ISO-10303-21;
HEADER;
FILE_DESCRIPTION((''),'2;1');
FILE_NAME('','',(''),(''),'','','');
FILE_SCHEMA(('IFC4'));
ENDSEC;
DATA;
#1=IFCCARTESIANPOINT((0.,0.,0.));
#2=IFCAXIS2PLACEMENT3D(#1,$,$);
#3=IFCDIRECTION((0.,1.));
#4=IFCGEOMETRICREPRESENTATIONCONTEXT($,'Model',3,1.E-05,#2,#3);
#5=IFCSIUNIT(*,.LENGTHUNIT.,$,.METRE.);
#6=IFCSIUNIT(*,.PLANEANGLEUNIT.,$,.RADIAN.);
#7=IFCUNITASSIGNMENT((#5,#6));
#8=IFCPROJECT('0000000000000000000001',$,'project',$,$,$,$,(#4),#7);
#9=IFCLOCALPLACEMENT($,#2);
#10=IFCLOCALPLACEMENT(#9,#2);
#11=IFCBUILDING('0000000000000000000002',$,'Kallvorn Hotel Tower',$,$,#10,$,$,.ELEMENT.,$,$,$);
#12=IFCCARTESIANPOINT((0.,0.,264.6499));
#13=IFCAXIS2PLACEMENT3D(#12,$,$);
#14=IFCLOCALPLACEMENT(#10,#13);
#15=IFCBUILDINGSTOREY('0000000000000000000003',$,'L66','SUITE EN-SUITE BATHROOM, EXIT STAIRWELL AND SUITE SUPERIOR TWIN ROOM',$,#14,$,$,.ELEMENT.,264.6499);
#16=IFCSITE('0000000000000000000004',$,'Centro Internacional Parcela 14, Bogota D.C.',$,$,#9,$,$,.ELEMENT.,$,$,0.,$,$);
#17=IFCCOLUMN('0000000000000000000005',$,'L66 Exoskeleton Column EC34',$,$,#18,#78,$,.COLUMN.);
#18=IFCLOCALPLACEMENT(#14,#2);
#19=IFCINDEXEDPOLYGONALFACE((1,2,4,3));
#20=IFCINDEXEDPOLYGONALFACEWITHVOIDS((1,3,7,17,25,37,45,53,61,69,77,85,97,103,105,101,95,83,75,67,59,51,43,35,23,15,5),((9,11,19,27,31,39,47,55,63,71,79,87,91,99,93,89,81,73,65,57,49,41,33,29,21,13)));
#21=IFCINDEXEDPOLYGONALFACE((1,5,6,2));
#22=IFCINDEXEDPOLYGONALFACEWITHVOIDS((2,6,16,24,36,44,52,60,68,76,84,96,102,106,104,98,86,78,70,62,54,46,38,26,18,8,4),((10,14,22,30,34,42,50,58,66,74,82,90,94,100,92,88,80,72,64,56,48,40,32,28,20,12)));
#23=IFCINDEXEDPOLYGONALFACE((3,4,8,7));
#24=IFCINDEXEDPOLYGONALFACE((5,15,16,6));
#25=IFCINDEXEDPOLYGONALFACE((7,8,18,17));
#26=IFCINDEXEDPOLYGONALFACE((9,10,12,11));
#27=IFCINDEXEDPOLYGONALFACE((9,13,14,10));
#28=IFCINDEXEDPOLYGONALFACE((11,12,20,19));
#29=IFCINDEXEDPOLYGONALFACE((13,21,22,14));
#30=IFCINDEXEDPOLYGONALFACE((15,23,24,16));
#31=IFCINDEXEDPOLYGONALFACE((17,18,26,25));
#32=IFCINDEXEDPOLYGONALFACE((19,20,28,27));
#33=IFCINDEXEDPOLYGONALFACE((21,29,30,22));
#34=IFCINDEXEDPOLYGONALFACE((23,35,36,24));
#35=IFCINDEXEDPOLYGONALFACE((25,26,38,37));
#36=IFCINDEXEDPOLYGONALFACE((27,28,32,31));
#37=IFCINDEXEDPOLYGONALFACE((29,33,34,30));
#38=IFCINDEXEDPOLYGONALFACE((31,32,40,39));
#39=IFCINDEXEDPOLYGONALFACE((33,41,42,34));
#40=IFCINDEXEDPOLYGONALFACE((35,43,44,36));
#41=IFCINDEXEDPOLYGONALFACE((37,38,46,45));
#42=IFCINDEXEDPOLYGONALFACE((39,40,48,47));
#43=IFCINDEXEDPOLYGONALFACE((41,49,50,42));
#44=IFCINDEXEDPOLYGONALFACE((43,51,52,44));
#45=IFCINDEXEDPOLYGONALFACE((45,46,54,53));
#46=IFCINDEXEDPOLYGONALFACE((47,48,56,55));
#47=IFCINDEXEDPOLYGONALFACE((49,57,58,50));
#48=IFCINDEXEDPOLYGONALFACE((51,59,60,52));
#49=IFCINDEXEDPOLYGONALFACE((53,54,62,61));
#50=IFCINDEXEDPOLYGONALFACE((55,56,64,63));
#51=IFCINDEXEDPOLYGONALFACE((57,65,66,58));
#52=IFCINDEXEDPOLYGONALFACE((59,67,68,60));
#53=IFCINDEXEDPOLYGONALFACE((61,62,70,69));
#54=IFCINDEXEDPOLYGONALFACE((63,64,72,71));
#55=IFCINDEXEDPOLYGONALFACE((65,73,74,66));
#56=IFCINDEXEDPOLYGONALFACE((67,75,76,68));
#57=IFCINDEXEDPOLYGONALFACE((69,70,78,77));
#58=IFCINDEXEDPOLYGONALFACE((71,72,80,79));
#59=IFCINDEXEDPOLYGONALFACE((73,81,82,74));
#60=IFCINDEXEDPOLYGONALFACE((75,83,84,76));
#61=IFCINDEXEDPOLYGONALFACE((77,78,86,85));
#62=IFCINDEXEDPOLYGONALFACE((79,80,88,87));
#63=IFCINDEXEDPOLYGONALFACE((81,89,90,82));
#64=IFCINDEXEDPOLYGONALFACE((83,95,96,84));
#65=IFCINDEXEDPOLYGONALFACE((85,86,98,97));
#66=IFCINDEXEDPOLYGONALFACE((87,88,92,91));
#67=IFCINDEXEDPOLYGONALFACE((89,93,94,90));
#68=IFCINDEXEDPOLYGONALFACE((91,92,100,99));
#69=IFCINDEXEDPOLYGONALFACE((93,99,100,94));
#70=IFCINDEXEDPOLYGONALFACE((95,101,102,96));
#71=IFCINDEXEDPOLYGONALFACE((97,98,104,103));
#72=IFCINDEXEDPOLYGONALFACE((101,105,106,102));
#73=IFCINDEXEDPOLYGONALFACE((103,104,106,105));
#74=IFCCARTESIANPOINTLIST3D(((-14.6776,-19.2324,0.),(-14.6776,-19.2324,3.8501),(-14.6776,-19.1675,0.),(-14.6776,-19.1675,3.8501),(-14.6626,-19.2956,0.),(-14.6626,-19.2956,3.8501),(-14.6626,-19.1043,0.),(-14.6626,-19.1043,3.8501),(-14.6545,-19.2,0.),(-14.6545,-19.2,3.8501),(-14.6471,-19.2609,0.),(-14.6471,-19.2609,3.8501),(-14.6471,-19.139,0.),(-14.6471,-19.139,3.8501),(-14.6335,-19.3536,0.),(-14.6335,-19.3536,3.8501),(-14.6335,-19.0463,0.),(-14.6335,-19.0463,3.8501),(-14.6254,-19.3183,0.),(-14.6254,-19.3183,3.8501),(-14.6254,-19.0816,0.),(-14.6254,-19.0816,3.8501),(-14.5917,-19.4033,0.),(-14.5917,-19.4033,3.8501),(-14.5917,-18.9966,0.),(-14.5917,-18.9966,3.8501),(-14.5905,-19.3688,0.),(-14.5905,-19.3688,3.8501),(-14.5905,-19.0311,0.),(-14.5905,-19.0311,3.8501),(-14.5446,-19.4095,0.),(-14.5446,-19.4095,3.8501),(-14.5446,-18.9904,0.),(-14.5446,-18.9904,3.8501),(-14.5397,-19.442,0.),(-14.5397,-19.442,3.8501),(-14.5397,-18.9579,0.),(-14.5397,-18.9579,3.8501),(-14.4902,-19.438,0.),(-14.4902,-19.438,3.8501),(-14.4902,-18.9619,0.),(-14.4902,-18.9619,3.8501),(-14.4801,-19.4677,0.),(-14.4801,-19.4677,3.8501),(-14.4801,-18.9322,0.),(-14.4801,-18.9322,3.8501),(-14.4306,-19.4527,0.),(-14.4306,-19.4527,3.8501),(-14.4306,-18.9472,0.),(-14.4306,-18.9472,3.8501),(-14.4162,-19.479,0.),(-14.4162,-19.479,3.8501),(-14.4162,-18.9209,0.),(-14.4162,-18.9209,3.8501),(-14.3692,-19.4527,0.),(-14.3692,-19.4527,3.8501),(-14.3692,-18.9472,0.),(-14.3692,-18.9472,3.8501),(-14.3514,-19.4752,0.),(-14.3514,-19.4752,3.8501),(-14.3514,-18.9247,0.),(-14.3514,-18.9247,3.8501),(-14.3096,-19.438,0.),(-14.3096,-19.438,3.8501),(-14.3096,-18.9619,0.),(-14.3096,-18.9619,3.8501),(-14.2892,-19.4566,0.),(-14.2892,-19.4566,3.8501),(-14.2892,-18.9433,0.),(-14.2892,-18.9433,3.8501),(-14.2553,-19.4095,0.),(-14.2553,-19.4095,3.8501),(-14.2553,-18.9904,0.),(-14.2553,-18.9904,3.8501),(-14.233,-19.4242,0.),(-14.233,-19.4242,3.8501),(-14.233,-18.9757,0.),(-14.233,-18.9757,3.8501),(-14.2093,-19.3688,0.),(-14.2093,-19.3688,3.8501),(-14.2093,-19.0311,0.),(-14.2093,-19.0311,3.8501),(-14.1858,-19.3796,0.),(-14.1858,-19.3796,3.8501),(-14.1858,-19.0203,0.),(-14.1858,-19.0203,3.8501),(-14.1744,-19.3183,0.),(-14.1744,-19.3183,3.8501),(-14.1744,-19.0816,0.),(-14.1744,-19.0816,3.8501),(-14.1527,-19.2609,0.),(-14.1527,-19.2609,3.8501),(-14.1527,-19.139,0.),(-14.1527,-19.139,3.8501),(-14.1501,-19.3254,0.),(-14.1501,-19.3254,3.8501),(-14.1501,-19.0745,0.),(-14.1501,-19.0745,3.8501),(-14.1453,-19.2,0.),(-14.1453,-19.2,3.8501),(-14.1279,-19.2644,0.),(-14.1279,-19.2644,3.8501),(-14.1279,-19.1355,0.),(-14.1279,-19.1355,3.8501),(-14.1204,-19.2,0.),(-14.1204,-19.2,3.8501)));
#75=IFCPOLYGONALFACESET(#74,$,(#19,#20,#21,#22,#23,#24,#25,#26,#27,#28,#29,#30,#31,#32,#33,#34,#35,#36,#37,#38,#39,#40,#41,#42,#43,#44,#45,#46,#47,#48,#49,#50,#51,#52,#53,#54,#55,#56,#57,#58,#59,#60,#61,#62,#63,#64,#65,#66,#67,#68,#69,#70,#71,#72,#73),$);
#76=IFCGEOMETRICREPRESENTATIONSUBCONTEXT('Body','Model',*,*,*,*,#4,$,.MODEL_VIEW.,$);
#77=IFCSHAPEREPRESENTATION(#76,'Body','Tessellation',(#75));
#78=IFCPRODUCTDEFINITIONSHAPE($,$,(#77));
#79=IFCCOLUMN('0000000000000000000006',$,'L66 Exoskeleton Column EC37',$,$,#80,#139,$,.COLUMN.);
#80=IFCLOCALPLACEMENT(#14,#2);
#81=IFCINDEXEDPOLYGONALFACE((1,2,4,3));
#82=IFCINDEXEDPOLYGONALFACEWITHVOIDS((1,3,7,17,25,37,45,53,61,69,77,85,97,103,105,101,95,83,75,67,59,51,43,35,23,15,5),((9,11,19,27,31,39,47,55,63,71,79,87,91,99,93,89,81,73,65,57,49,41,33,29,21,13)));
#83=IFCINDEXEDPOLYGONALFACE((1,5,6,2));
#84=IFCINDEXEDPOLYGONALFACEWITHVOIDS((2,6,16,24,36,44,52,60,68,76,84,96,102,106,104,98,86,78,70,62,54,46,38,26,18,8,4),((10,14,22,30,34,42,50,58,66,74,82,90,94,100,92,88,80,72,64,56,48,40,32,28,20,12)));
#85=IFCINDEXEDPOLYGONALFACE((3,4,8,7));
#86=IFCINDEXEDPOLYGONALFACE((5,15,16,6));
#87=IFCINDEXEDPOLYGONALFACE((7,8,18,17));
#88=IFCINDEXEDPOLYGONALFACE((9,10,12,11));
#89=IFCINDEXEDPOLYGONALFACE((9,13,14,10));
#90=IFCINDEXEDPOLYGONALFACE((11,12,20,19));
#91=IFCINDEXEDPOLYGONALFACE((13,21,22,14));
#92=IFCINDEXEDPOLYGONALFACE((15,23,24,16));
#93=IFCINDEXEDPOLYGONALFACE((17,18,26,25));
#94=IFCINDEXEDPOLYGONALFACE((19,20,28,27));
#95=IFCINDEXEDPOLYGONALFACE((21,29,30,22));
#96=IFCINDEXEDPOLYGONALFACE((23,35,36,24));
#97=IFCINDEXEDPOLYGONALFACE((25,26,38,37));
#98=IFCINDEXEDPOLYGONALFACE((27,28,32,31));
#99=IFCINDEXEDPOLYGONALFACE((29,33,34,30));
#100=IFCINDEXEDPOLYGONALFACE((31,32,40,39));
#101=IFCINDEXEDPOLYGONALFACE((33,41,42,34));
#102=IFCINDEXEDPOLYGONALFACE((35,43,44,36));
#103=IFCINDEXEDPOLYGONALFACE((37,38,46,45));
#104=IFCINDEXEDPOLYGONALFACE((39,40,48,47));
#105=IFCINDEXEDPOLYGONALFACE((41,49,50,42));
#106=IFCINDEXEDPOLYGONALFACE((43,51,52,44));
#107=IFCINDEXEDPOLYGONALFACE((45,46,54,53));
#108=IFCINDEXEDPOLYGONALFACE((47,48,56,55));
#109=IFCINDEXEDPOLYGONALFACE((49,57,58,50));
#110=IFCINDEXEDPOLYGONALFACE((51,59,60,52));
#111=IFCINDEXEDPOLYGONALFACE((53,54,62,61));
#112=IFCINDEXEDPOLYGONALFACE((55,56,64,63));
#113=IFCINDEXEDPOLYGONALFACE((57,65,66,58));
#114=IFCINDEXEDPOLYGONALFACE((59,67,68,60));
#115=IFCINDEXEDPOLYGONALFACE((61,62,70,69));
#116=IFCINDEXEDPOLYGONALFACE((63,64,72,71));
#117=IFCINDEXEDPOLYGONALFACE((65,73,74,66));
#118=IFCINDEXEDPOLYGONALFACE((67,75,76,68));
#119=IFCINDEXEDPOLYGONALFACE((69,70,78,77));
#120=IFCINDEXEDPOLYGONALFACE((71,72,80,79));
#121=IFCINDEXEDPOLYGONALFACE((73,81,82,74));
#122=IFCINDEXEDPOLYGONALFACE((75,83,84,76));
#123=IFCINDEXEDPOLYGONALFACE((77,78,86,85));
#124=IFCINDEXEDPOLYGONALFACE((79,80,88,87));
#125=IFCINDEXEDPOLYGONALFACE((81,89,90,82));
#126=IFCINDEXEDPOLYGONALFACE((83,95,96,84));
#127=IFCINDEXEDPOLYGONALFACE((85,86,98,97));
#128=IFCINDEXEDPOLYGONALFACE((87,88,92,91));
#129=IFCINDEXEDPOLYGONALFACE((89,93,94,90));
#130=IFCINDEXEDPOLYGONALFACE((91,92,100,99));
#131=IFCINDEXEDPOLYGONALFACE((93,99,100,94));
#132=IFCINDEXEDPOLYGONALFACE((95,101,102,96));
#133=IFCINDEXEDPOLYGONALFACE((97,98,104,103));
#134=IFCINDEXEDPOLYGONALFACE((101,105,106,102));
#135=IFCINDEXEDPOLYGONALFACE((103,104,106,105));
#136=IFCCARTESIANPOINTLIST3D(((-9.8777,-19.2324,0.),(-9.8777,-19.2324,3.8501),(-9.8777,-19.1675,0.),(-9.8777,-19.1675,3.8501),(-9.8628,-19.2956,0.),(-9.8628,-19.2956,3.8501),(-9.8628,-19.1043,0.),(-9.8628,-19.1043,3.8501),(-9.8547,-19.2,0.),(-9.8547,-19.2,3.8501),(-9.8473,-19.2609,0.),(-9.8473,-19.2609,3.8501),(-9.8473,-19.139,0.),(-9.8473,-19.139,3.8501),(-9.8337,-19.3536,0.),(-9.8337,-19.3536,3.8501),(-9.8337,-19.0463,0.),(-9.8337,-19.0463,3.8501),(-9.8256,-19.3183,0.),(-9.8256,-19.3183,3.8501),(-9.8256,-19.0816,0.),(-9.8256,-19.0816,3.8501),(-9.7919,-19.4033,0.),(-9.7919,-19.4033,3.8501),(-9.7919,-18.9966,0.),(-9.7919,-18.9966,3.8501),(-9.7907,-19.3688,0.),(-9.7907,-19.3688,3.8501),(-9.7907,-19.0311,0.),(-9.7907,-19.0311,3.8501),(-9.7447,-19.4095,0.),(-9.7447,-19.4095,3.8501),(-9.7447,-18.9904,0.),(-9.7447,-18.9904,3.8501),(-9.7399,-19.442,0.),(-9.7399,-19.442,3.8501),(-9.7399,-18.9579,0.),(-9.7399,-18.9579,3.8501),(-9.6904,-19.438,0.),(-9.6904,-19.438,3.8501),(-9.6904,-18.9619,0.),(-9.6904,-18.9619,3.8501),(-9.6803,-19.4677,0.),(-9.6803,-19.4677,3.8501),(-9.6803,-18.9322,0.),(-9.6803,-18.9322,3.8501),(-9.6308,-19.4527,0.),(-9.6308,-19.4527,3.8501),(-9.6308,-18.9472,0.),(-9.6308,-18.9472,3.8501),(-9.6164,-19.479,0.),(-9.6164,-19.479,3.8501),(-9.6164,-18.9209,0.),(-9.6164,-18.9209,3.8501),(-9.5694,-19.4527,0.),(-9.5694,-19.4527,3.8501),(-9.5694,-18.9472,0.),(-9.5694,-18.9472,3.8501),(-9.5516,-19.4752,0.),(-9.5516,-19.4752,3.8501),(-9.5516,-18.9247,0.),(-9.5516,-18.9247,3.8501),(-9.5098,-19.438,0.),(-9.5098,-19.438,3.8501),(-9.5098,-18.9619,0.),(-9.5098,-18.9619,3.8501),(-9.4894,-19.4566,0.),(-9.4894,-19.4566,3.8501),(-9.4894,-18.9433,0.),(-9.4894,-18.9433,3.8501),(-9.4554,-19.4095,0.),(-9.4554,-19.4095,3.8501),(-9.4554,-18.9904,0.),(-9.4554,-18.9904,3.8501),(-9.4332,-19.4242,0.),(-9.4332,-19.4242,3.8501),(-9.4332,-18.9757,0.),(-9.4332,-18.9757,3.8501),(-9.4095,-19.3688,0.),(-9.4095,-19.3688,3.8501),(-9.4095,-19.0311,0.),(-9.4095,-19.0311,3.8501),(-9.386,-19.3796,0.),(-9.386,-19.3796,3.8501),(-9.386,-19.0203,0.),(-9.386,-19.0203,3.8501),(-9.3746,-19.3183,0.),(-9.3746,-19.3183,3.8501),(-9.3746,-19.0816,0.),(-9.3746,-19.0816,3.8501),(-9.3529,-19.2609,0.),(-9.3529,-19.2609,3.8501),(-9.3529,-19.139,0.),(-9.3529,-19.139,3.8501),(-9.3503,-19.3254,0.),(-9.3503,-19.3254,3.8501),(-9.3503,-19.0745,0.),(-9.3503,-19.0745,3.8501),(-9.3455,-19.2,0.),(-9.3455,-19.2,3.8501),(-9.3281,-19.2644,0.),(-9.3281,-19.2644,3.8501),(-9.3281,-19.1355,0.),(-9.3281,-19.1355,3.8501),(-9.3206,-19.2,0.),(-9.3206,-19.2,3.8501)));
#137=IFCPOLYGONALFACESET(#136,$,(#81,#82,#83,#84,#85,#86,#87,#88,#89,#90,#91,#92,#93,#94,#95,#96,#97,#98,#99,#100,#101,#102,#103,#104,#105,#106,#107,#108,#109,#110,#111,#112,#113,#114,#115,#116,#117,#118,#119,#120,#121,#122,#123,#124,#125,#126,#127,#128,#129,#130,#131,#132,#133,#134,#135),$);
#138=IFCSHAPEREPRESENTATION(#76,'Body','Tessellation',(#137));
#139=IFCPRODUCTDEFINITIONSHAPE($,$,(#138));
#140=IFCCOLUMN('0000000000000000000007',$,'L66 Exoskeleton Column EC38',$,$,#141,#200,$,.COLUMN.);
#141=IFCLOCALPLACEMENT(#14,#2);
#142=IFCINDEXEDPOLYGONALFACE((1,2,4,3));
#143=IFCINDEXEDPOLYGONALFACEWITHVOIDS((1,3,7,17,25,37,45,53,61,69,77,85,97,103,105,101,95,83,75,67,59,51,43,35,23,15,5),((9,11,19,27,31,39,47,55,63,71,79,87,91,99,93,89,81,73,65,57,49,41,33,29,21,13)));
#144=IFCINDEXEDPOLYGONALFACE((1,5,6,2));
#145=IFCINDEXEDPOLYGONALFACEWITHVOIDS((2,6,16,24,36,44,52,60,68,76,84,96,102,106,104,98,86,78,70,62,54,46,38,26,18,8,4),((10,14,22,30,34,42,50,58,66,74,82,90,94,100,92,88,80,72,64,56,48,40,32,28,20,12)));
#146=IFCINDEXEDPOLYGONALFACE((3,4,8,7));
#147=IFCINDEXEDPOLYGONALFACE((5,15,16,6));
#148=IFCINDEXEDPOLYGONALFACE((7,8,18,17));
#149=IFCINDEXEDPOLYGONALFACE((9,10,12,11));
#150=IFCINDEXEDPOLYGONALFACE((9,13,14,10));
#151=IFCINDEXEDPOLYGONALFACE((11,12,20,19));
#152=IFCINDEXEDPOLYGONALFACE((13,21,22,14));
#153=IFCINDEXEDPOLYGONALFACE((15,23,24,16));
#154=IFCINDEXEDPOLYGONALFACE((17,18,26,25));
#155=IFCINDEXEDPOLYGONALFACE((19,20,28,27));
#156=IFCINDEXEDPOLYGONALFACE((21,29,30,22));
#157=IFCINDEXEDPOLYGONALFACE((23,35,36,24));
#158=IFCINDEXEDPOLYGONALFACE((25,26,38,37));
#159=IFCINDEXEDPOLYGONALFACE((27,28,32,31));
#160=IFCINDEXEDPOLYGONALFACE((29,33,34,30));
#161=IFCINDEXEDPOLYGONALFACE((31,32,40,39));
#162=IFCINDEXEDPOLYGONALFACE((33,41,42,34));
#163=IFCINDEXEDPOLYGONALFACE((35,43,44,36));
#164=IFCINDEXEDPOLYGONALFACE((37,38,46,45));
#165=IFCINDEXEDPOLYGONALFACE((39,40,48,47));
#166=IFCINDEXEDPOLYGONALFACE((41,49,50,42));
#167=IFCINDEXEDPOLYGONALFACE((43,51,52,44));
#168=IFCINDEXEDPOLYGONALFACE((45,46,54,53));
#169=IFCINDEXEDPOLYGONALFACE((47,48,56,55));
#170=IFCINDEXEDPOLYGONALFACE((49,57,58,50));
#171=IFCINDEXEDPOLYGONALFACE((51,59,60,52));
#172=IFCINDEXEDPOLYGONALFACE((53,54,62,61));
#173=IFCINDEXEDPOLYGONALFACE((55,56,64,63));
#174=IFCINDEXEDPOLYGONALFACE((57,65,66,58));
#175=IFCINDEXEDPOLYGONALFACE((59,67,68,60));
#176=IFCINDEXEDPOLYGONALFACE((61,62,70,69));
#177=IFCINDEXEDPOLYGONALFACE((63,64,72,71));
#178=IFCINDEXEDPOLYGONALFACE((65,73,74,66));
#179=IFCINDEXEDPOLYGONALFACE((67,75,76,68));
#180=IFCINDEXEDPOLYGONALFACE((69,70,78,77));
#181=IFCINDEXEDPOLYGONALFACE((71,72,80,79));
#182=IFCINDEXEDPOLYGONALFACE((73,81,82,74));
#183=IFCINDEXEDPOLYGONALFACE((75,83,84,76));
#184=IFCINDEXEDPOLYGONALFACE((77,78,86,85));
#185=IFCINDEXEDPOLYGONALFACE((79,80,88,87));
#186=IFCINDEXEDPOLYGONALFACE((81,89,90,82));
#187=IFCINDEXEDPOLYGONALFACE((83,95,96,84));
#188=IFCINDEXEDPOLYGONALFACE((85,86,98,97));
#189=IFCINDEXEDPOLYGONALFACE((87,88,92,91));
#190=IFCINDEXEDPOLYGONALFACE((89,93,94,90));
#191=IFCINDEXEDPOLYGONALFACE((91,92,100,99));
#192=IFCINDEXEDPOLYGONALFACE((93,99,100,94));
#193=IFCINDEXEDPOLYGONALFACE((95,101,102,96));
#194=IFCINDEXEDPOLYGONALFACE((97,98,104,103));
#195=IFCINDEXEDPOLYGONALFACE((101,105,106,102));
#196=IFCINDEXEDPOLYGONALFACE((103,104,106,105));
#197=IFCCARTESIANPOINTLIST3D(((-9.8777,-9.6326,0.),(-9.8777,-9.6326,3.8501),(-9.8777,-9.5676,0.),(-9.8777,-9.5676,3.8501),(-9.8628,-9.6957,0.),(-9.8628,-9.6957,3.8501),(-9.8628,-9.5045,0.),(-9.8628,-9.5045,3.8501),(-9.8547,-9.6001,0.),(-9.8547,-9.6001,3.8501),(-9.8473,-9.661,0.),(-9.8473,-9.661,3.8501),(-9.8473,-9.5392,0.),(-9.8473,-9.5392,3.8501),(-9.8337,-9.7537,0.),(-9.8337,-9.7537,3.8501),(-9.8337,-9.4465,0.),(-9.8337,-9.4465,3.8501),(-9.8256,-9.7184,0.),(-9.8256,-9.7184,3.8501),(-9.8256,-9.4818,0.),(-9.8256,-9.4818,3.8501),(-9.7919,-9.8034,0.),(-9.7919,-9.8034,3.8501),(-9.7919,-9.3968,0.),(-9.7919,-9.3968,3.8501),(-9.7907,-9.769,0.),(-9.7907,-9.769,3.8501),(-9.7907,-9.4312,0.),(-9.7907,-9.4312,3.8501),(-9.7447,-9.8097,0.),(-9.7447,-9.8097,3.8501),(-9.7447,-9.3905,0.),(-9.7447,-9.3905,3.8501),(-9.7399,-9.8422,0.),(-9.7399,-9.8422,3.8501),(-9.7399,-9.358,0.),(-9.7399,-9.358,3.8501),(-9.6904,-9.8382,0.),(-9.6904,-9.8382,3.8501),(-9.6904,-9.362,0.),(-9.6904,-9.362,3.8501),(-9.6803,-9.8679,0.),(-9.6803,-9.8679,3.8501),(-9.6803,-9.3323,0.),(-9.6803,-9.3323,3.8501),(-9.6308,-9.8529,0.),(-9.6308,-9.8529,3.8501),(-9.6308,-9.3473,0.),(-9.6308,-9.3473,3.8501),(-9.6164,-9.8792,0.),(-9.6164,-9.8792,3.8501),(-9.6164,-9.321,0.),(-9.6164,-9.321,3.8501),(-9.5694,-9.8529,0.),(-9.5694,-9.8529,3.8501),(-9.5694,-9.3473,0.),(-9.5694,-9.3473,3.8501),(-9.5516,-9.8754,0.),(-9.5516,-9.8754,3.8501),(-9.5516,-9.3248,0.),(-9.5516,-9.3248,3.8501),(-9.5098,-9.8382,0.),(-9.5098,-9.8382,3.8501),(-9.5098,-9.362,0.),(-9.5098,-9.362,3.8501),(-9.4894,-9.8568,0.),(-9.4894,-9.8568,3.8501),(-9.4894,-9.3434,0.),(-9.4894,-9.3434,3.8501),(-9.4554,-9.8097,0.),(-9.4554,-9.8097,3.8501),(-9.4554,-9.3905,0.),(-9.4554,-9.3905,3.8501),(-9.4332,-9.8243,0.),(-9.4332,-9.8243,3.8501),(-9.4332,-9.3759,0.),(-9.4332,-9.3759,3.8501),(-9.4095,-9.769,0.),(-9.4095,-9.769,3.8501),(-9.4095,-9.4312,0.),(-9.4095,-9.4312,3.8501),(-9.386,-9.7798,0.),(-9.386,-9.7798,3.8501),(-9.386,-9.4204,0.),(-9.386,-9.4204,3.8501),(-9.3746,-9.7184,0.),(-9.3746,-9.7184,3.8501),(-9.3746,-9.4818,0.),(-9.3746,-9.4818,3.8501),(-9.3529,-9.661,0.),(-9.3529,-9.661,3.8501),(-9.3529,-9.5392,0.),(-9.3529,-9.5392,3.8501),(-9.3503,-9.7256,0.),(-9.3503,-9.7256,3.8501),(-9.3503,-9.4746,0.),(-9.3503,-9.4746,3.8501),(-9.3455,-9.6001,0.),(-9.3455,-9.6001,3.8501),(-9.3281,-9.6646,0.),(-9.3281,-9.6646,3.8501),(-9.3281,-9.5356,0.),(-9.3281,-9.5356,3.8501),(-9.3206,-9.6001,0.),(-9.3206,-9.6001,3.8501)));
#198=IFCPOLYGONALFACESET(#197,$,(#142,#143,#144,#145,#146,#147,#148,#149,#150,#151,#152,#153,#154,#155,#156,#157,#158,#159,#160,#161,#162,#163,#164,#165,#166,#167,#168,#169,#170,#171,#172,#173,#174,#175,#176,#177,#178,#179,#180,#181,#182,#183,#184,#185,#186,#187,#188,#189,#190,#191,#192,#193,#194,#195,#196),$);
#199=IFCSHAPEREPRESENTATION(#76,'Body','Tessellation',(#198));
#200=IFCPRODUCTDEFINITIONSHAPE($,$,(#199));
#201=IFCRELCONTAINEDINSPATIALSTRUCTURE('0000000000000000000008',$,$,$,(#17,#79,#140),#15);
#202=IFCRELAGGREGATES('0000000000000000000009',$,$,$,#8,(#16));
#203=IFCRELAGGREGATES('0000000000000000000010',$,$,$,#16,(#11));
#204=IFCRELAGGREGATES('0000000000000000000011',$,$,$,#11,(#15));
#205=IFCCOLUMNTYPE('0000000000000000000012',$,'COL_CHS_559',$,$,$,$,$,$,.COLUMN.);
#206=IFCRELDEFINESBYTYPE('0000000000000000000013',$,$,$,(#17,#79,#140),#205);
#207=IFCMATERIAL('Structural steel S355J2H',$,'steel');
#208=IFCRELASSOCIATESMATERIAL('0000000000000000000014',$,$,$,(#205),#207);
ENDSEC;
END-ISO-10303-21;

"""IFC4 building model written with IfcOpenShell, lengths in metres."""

from ifc_helpers import new_model, si_unit, direction, frame, origin, origin_2d, place, context, subcontext, project, spatial, hollow_circle, extrude, material, material_profile, profile_set, type_object, element, save


model = new_model("IFC4")

# Units and contexts
model_context = context("Model", 3, precision=1e-05, world=origin(), true_north=direction((0.0, 1.0)))
body_context = subcontext(model_context, "Body", "Model", "MODEL_VIEW")
ifc_project = project(units=[si_unit("LENGTHUNIT", "METRE"), si_unit("PLANEANGLEUNIT", "RADIAN")], contexts=[model_context])

# Site, building, storey
site_placement = place(None, origin())
site = spatial("IfcSite", under=ifc_project, at=site_placement, Name="Centro Internacional Parcela 14, Bogota D.C.", CompositionType="ELEMENT", RefElevation=0.0)
building_placement = place(site_placement, origin())
building = spatial("IfcBuilding", under=site, at=building_placement, Name="Kallvorn Hotel Tower", CompositionType="ELEMENT")
storey_placement = place(building_placement, frame((0.0, 0.0, 264.6499)))
storey = spatial("IfcBuildingStorey", under=building, at=storey_placement, Name="L66", Description="SUITE EN-SUITE BATHROOM, EXIT STAIRWELL AND SUITE SUPERIOR TWIN ROOM", CompositionType="ELEMENT", Elevation=264.6499)

# Columns
ifc_material_1 = material(Name="Structural steel S355J2H", Category="steel")
ifc_material_profile_1 = material_profile(ifc_material_1, hollow_circle(Radius=0.2795, WallThickness=0.0249, at=origin_2d()), Name="CHS 559x25")
ifc_profile_set_1 = profile_set([ifc_material_profile_1], Name="Structural steel S355J2H")
column_type_1 = type_object("IfcColumnType", Name="COL_CHS_559", PredefinedType="COLUMN", material=ifc_profile_set_1)
for number, where, z_axis, x_axis, name in (
    (1, (-14.3999, -19.2, 0.0), (0.0, 0.0, 1.0), (1.0, 0.0, 0.0), "L66 Exoskeleton Column EC34"),
    (2, (-9.6001, -19.2, 0.0), (0.0, 0.0, 1.0), (1.0, 0.0, 0.0), "L66 Exoskeleton Column EC37"),
    (3, (-9.6001, -9.6001, 0.0), (0.0, 0.0, 1.0), (1.0, 0.0, 0.0), "L66 Exoskeleton Column EC38"),
):
    element("IfcColumn", number, at=place(storey_placement, frame(where, z_axis=z_axis, x_axis=x_axis)), inside=storey, type_object=column_type_1, Name=name, PredefinedType="COLUMN", context=body_context, shape_type="SweptSolid", body=[
        extrude(hollow_circle(Radius=0.2795, WallThickness=0.0249, at=origin_2d()), origin(), (0.0, 0.0, 1.0), 3.8501),
    ])

save(model, "model.ifc")
